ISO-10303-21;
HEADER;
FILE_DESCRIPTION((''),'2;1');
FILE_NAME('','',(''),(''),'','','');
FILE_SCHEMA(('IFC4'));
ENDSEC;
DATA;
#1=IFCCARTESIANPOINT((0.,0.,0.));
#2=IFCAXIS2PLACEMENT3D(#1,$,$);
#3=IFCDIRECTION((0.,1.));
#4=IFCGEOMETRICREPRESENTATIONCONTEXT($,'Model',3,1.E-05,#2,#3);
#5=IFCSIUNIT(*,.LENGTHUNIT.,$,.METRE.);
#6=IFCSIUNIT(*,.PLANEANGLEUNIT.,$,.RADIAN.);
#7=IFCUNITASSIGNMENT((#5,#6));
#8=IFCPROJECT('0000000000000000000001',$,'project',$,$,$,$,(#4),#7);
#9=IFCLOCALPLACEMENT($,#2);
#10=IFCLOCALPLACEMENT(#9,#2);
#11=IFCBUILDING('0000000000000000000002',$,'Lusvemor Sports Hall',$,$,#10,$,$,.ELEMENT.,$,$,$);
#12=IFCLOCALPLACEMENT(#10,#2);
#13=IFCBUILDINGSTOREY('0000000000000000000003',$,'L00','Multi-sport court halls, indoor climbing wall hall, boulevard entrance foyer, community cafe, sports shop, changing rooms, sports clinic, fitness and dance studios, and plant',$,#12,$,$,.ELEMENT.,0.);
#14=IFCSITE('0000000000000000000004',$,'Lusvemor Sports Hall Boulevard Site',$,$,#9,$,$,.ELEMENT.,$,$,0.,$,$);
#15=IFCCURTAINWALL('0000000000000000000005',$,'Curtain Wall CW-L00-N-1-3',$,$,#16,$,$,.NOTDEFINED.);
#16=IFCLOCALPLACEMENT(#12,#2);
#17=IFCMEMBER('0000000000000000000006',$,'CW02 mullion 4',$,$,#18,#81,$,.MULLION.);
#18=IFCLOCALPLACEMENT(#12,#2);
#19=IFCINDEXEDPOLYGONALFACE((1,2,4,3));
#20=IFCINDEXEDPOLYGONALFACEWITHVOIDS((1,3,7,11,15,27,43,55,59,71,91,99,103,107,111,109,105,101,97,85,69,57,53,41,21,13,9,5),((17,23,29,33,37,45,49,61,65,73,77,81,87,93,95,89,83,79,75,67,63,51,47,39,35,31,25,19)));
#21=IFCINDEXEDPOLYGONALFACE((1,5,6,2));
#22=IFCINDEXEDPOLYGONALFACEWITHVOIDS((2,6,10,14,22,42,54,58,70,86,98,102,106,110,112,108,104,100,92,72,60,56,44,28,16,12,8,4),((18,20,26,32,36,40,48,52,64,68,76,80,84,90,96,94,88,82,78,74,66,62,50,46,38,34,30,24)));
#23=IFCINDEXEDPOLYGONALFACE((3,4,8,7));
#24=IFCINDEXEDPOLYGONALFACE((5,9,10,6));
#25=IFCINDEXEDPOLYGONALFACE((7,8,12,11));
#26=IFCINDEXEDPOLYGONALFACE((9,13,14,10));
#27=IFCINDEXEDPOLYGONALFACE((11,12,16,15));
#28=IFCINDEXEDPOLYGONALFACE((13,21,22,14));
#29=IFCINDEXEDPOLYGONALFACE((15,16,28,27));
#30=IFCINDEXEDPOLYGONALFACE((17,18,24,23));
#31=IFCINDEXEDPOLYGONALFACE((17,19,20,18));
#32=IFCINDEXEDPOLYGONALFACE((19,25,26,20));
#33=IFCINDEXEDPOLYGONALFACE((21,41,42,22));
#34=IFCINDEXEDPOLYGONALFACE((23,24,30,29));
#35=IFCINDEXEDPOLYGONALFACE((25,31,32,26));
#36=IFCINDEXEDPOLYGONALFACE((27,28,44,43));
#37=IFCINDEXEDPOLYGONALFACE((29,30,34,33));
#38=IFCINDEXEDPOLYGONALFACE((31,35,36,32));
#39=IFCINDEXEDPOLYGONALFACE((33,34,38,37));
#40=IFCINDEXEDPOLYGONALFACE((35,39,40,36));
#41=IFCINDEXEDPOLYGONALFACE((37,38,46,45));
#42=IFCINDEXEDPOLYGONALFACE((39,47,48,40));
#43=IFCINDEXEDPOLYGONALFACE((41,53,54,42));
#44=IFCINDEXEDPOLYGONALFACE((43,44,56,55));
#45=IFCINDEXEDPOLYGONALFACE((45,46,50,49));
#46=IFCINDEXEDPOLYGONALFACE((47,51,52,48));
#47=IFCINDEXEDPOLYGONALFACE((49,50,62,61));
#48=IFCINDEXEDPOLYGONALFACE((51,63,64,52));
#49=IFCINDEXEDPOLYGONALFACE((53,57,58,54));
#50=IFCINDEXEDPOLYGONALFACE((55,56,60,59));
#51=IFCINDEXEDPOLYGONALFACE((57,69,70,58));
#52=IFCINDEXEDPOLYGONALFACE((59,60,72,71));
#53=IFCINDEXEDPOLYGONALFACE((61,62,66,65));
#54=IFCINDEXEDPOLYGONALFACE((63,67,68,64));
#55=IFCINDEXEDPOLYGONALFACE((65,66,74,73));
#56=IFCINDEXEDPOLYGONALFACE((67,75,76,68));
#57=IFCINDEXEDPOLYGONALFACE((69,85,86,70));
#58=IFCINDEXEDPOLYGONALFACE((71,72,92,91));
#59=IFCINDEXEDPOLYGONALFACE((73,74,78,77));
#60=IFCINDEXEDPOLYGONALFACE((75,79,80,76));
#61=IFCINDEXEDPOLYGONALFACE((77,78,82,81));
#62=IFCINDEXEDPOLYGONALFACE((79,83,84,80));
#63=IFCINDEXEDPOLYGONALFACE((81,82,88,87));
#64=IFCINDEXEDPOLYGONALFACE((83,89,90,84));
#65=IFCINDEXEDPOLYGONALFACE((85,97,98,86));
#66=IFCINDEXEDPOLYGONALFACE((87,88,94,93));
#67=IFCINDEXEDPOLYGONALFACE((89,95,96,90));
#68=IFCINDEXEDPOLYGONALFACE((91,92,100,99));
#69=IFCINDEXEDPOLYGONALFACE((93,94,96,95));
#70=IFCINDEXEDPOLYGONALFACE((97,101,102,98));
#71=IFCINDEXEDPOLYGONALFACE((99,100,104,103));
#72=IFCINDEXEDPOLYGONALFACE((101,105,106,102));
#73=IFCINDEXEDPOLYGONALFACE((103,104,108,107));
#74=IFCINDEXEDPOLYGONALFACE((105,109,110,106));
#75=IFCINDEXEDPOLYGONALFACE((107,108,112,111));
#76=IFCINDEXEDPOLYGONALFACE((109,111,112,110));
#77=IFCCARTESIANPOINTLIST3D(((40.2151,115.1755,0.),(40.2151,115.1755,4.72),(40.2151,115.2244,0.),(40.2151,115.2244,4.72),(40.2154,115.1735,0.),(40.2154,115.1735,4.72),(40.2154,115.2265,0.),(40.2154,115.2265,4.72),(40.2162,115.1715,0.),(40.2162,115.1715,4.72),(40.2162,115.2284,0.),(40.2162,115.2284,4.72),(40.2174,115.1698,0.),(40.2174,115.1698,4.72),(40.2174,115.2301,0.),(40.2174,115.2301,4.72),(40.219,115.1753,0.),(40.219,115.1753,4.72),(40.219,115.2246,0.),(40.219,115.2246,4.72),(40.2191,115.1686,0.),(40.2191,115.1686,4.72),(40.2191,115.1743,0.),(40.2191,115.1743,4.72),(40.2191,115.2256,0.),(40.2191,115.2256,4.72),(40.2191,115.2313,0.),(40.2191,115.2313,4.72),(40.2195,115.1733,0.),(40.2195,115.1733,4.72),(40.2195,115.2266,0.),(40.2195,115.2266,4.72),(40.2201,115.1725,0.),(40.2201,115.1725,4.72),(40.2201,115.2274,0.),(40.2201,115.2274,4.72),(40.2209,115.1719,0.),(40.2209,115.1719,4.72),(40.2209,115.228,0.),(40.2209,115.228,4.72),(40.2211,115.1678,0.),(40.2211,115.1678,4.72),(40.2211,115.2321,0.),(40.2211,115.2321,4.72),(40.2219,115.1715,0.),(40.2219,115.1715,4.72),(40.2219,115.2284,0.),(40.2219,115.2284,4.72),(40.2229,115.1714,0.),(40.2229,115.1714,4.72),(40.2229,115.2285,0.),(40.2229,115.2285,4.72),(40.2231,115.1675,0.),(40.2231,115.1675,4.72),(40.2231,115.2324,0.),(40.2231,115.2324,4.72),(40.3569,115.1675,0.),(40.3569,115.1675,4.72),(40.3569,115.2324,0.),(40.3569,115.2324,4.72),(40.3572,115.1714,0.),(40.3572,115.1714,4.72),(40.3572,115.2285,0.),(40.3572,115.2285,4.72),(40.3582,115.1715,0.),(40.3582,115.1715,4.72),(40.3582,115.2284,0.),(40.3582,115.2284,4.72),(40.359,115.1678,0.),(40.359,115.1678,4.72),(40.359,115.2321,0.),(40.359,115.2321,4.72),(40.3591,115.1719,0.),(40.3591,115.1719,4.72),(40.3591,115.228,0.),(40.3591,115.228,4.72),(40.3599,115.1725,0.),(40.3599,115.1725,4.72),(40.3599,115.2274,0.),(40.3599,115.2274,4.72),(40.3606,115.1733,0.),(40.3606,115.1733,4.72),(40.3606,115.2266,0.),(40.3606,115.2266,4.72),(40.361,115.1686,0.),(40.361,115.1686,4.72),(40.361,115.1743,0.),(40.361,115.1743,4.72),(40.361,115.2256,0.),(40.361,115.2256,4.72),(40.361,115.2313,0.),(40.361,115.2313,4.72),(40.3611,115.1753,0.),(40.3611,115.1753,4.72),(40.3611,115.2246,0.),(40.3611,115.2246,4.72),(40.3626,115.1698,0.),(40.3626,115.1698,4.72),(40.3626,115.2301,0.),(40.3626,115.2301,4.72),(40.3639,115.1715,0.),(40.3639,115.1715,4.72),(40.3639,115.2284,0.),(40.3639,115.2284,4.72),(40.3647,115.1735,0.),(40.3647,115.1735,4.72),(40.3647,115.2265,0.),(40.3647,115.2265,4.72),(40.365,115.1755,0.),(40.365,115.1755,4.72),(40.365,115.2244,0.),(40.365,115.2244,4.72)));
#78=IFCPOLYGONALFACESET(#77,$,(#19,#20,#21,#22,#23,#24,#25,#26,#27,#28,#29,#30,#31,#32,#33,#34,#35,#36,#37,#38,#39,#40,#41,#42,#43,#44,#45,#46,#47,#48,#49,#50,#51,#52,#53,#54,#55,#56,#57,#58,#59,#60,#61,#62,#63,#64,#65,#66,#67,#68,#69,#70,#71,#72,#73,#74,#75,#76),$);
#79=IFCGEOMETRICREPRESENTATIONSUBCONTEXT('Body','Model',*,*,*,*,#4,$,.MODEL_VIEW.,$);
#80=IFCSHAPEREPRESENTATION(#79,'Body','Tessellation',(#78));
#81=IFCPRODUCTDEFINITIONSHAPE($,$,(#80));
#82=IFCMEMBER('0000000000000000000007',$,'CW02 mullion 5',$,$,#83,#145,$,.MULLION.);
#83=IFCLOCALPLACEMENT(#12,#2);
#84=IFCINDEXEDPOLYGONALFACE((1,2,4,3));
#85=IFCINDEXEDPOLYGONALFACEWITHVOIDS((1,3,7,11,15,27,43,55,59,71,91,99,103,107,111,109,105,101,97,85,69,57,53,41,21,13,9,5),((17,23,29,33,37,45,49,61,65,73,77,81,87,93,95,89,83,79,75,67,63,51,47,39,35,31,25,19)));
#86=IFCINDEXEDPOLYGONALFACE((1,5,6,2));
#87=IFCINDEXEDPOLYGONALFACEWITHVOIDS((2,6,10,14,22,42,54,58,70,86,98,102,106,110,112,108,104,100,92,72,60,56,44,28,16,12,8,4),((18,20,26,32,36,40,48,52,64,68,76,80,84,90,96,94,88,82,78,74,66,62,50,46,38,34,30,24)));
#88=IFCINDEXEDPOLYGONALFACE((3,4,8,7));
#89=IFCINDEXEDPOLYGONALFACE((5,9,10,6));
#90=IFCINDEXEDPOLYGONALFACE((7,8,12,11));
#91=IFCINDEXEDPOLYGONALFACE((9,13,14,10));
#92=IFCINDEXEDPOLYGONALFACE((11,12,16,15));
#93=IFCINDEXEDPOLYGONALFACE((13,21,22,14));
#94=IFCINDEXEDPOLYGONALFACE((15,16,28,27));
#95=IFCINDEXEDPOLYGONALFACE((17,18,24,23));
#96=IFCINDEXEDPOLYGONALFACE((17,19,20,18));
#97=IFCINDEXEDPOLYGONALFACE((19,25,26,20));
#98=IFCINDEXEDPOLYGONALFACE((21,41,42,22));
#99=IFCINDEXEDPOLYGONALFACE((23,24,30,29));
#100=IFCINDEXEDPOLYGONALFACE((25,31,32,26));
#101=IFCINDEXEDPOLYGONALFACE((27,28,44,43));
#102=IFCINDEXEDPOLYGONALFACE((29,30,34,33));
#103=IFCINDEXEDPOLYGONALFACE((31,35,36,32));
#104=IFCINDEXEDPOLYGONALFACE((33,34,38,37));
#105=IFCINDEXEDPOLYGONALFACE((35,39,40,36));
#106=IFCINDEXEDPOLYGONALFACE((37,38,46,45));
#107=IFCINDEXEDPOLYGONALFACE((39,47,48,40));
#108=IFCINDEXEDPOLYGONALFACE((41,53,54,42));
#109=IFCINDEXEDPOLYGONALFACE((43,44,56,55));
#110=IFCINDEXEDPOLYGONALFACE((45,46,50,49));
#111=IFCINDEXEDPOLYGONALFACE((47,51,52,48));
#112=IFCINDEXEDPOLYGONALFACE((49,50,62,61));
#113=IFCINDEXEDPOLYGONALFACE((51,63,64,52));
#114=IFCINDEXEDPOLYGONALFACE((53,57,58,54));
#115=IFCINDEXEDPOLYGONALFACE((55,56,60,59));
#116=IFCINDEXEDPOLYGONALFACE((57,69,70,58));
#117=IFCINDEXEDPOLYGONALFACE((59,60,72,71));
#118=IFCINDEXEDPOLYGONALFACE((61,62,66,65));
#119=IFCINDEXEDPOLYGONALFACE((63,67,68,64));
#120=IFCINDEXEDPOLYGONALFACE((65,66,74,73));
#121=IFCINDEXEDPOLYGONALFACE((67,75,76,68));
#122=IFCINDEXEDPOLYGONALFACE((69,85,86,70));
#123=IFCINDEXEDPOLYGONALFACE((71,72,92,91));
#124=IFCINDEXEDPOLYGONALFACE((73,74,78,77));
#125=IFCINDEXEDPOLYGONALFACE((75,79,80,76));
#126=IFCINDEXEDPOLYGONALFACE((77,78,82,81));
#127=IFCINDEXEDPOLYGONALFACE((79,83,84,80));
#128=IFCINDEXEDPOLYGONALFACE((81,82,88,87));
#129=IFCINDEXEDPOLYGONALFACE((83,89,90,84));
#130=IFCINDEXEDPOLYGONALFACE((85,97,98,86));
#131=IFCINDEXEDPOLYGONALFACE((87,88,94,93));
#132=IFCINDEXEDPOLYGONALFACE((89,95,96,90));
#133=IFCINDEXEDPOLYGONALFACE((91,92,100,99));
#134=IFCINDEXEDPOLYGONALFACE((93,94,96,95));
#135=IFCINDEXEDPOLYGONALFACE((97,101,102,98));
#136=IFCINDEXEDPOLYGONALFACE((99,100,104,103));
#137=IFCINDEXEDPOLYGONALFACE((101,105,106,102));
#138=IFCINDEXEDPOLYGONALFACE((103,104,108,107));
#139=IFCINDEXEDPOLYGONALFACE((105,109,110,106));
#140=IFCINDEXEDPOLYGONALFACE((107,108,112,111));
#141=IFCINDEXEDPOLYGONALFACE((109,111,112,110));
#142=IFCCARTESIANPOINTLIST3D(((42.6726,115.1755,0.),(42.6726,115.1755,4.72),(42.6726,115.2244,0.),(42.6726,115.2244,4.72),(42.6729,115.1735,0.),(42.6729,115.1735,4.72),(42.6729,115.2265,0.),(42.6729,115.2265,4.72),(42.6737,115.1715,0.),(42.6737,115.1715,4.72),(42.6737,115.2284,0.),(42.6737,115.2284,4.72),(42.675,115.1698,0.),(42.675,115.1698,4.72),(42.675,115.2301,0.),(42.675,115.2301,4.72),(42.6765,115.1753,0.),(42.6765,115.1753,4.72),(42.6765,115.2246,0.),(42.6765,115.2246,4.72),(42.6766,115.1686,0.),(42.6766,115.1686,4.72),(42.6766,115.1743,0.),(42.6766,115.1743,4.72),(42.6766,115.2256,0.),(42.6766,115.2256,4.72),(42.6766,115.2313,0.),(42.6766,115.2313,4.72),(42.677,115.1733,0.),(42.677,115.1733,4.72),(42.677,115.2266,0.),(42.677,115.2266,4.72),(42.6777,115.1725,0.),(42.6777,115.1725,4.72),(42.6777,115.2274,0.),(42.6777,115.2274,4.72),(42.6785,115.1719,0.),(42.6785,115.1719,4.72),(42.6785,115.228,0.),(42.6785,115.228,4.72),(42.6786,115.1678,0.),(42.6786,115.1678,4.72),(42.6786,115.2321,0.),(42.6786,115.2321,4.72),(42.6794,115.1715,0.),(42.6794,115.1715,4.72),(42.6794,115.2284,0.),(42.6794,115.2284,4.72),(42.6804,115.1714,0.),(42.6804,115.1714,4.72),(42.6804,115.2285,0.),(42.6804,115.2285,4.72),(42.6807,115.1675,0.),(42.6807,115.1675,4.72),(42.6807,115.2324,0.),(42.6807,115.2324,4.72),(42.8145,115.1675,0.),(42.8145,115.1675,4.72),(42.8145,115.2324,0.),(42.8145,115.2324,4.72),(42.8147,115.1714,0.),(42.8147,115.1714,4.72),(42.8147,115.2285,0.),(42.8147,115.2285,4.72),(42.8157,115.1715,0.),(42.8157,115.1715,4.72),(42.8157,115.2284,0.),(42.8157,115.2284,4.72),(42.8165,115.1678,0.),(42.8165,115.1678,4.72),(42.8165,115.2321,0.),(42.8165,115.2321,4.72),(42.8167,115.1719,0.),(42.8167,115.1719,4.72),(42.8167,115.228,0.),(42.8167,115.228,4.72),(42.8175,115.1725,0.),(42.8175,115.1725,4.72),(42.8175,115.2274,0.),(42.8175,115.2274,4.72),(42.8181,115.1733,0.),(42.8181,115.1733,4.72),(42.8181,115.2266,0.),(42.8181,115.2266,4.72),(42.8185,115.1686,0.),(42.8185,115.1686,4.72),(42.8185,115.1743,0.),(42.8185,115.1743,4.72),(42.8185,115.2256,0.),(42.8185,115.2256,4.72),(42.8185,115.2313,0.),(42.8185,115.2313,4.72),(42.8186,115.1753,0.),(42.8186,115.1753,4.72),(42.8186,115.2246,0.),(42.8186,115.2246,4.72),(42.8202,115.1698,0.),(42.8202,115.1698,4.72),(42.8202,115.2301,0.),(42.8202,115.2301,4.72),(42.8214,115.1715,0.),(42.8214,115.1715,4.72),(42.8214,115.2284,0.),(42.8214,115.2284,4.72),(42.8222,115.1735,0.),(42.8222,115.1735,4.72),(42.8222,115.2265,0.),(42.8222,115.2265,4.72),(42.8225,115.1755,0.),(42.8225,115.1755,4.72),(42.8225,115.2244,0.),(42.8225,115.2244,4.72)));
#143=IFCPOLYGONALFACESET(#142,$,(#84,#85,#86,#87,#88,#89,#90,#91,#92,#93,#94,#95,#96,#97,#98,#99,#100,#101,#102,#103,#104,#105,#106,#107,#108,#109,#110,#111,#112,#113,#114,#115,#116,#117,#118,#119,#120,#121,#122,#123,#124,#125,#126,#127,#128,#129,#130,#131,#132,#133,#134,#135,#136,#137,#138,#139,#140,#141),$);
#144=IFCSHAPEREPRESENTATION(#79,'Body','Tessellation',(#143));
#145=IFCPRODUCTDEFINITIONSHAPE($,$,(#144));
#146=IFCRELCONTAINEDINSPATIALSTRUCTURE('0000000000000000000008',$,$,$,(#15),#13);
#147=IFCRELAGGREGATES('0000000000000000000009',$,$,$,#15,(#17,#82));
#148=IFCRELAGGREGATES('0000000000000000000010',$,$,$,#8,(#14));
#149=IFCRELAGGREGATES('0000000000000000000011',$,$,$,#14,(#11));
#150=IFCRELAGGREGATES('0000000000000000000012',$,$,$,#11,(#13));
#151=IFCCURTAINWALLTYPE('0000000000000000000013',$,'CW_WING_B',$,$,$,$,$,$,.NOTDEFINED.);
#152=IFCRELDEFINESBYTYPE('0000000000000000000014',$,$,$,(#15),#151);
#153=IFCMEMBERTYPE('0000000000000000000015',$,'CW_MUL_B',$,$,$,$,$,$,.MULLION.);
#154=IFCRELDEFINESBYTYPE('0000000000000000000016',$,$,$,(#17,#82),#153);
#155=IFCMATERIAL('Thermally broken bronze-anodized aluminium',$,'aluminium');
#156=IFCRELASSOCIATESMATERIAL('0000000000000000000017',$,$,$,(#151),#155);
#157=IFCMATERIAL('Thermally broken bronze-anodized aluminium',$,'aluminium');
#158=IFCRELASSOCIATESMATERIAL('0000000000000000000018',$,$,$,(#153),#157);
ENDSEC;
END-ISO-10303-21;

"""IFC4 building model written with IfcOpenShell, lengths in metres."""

from ifc_helpers import new_model, si_unit, direction, frame, origin, origin_2d, place, context, subcontext, project, spatial, hollow_rectangle, extrude, material, material_profile, profile_set, type_object, element, aggregate, save


model = new_model("IFC4")

# Units and contexts
model_context = context("Model", 3, precision=1e-05, world=origin(), true_north=direction((0.0, 1.0)))
body_context = subcontext(model_context, "Body", "Model", "MODEL_VIEW")
ifc_project = project(units=[si_unit("LENGTHUNIT", "METRE"), si_unit("PLANEANGLEUNIT", "RADIAN")], contexts=[model_context])

# Site, building, storey
site_placement = place(None, origin())
site = spatial("IfcSite", under=ifc_project, at=site_placement, Name="Lusvemor Sports Hall Boulevard Site", CompositionType="ELEMENT", RefElevation=0.0)
building_placement = place(site_placement, origin())
building = spatial("IfcBuilding", under=site, at=building_placement, Name="Lusvemor Sports Hall", CompositionType="ELEMENT")
storey_placement = place(building_placement, origin())
storey = spatial("IfcBuildingStorey", under=building, at=storey_placement, Name="L00", Description="Multi-sport court halls, indoor climbing wall hall, boulevard entrance foyer, community cafe, sports shop, changing rooms, sports clinic, fitness and dance studios, and plant", CompositionType="ELEMENT", Elevation=0.0)

# Curtain wall, members
ifc_material_1 = material(Name="Thermally broken bronze-anodized aluminium", Category="aluminium")
curtain_wall_type = type_object("IfcCurtainWallType", Name="CW_WING_B", PredefinedType="NOTDEFINED", material=ifc_material_1)
curtain_wall_placement = place(storey_placement, origin())
curtain_wall = element("IfcCurtainWall", 1, at=curtain_wall_placement, inside=storey, type_object=curtain_wall_type, Name="Curtain Wall CW-L00-N-1-3", PredefinedType="NOTDEFINED")
ifc_material_2 = material(Name="Thermally broken bronze-anodized aluminium", Category="aluminium")
ifc_material_profile_1 = material_profile(ifc_material_2, hollow_rectangle(XDim=0.0649, YDim=0.1499, WallThickness=0.0039, InnerFilletRadius=0.0039, OuterFilletRadius=0.0081, at=origin_2d()), Name="CWMUL150x65x4")
ifc_profile_set_1 = profile_set([ifc_material_profile_1], Name="Thermally broken bronze-anodized aluminium")
member_type_1 = type_object("IfcMemberType", Name="CW_MUL_B", PredefinedType="MULLION", material=ifc_profile_set_1)
member_1_placement = place(storey_placement, frame((40.29, 115.2, 0.0), z_axis=(0.0, 0.0, 1.0), x_axis=(0.0, 1.0, 0.0)))
member_1 = element("IfcMember", 2, at=member_1_placement, type_object=member_type_1, Name="CW02 mullion 4", PredefinedType="MULLION", context=body_context, shape_type="SweptSolid", body=[
    extrude(hollow_rectangle(XDim=0.0649, YDim=0.1499, WallThickness=0.0039, InnerFilletRadius=0.0039, OuterFilletRadius=0.0081, at=origin_2d()), origin(), (0.0, 0.0, 1.0), 4.72),
])
member_2_placement = place(storey_placement, frame((42.7476, 115.2, 0.0), z_axis=(0.0, 0.0, 1.0), x_axis=(0.0, 1.0, 0.0)))
member_2 = element("IfcMember", 3, at=member_2_placement, type_object=member_type_1, Name="CW02 mullion 5", PredefinedType="MULLION", context=body_context, shape_type="SweptSolid", body=[
    extrude(hollow_rectangle(XDim=0.0649, YDim=0.1499, WallThickness=0.0039, InnerFilletRadius=0.0039, OuterFilletRadius=0.0081, at=origin_2d()), origin(), (0.0, 0.0, 1.0), 4.72),
])
aggregate(curtain_wall, [member_1, member_2])

save(model, "model.ifc")
